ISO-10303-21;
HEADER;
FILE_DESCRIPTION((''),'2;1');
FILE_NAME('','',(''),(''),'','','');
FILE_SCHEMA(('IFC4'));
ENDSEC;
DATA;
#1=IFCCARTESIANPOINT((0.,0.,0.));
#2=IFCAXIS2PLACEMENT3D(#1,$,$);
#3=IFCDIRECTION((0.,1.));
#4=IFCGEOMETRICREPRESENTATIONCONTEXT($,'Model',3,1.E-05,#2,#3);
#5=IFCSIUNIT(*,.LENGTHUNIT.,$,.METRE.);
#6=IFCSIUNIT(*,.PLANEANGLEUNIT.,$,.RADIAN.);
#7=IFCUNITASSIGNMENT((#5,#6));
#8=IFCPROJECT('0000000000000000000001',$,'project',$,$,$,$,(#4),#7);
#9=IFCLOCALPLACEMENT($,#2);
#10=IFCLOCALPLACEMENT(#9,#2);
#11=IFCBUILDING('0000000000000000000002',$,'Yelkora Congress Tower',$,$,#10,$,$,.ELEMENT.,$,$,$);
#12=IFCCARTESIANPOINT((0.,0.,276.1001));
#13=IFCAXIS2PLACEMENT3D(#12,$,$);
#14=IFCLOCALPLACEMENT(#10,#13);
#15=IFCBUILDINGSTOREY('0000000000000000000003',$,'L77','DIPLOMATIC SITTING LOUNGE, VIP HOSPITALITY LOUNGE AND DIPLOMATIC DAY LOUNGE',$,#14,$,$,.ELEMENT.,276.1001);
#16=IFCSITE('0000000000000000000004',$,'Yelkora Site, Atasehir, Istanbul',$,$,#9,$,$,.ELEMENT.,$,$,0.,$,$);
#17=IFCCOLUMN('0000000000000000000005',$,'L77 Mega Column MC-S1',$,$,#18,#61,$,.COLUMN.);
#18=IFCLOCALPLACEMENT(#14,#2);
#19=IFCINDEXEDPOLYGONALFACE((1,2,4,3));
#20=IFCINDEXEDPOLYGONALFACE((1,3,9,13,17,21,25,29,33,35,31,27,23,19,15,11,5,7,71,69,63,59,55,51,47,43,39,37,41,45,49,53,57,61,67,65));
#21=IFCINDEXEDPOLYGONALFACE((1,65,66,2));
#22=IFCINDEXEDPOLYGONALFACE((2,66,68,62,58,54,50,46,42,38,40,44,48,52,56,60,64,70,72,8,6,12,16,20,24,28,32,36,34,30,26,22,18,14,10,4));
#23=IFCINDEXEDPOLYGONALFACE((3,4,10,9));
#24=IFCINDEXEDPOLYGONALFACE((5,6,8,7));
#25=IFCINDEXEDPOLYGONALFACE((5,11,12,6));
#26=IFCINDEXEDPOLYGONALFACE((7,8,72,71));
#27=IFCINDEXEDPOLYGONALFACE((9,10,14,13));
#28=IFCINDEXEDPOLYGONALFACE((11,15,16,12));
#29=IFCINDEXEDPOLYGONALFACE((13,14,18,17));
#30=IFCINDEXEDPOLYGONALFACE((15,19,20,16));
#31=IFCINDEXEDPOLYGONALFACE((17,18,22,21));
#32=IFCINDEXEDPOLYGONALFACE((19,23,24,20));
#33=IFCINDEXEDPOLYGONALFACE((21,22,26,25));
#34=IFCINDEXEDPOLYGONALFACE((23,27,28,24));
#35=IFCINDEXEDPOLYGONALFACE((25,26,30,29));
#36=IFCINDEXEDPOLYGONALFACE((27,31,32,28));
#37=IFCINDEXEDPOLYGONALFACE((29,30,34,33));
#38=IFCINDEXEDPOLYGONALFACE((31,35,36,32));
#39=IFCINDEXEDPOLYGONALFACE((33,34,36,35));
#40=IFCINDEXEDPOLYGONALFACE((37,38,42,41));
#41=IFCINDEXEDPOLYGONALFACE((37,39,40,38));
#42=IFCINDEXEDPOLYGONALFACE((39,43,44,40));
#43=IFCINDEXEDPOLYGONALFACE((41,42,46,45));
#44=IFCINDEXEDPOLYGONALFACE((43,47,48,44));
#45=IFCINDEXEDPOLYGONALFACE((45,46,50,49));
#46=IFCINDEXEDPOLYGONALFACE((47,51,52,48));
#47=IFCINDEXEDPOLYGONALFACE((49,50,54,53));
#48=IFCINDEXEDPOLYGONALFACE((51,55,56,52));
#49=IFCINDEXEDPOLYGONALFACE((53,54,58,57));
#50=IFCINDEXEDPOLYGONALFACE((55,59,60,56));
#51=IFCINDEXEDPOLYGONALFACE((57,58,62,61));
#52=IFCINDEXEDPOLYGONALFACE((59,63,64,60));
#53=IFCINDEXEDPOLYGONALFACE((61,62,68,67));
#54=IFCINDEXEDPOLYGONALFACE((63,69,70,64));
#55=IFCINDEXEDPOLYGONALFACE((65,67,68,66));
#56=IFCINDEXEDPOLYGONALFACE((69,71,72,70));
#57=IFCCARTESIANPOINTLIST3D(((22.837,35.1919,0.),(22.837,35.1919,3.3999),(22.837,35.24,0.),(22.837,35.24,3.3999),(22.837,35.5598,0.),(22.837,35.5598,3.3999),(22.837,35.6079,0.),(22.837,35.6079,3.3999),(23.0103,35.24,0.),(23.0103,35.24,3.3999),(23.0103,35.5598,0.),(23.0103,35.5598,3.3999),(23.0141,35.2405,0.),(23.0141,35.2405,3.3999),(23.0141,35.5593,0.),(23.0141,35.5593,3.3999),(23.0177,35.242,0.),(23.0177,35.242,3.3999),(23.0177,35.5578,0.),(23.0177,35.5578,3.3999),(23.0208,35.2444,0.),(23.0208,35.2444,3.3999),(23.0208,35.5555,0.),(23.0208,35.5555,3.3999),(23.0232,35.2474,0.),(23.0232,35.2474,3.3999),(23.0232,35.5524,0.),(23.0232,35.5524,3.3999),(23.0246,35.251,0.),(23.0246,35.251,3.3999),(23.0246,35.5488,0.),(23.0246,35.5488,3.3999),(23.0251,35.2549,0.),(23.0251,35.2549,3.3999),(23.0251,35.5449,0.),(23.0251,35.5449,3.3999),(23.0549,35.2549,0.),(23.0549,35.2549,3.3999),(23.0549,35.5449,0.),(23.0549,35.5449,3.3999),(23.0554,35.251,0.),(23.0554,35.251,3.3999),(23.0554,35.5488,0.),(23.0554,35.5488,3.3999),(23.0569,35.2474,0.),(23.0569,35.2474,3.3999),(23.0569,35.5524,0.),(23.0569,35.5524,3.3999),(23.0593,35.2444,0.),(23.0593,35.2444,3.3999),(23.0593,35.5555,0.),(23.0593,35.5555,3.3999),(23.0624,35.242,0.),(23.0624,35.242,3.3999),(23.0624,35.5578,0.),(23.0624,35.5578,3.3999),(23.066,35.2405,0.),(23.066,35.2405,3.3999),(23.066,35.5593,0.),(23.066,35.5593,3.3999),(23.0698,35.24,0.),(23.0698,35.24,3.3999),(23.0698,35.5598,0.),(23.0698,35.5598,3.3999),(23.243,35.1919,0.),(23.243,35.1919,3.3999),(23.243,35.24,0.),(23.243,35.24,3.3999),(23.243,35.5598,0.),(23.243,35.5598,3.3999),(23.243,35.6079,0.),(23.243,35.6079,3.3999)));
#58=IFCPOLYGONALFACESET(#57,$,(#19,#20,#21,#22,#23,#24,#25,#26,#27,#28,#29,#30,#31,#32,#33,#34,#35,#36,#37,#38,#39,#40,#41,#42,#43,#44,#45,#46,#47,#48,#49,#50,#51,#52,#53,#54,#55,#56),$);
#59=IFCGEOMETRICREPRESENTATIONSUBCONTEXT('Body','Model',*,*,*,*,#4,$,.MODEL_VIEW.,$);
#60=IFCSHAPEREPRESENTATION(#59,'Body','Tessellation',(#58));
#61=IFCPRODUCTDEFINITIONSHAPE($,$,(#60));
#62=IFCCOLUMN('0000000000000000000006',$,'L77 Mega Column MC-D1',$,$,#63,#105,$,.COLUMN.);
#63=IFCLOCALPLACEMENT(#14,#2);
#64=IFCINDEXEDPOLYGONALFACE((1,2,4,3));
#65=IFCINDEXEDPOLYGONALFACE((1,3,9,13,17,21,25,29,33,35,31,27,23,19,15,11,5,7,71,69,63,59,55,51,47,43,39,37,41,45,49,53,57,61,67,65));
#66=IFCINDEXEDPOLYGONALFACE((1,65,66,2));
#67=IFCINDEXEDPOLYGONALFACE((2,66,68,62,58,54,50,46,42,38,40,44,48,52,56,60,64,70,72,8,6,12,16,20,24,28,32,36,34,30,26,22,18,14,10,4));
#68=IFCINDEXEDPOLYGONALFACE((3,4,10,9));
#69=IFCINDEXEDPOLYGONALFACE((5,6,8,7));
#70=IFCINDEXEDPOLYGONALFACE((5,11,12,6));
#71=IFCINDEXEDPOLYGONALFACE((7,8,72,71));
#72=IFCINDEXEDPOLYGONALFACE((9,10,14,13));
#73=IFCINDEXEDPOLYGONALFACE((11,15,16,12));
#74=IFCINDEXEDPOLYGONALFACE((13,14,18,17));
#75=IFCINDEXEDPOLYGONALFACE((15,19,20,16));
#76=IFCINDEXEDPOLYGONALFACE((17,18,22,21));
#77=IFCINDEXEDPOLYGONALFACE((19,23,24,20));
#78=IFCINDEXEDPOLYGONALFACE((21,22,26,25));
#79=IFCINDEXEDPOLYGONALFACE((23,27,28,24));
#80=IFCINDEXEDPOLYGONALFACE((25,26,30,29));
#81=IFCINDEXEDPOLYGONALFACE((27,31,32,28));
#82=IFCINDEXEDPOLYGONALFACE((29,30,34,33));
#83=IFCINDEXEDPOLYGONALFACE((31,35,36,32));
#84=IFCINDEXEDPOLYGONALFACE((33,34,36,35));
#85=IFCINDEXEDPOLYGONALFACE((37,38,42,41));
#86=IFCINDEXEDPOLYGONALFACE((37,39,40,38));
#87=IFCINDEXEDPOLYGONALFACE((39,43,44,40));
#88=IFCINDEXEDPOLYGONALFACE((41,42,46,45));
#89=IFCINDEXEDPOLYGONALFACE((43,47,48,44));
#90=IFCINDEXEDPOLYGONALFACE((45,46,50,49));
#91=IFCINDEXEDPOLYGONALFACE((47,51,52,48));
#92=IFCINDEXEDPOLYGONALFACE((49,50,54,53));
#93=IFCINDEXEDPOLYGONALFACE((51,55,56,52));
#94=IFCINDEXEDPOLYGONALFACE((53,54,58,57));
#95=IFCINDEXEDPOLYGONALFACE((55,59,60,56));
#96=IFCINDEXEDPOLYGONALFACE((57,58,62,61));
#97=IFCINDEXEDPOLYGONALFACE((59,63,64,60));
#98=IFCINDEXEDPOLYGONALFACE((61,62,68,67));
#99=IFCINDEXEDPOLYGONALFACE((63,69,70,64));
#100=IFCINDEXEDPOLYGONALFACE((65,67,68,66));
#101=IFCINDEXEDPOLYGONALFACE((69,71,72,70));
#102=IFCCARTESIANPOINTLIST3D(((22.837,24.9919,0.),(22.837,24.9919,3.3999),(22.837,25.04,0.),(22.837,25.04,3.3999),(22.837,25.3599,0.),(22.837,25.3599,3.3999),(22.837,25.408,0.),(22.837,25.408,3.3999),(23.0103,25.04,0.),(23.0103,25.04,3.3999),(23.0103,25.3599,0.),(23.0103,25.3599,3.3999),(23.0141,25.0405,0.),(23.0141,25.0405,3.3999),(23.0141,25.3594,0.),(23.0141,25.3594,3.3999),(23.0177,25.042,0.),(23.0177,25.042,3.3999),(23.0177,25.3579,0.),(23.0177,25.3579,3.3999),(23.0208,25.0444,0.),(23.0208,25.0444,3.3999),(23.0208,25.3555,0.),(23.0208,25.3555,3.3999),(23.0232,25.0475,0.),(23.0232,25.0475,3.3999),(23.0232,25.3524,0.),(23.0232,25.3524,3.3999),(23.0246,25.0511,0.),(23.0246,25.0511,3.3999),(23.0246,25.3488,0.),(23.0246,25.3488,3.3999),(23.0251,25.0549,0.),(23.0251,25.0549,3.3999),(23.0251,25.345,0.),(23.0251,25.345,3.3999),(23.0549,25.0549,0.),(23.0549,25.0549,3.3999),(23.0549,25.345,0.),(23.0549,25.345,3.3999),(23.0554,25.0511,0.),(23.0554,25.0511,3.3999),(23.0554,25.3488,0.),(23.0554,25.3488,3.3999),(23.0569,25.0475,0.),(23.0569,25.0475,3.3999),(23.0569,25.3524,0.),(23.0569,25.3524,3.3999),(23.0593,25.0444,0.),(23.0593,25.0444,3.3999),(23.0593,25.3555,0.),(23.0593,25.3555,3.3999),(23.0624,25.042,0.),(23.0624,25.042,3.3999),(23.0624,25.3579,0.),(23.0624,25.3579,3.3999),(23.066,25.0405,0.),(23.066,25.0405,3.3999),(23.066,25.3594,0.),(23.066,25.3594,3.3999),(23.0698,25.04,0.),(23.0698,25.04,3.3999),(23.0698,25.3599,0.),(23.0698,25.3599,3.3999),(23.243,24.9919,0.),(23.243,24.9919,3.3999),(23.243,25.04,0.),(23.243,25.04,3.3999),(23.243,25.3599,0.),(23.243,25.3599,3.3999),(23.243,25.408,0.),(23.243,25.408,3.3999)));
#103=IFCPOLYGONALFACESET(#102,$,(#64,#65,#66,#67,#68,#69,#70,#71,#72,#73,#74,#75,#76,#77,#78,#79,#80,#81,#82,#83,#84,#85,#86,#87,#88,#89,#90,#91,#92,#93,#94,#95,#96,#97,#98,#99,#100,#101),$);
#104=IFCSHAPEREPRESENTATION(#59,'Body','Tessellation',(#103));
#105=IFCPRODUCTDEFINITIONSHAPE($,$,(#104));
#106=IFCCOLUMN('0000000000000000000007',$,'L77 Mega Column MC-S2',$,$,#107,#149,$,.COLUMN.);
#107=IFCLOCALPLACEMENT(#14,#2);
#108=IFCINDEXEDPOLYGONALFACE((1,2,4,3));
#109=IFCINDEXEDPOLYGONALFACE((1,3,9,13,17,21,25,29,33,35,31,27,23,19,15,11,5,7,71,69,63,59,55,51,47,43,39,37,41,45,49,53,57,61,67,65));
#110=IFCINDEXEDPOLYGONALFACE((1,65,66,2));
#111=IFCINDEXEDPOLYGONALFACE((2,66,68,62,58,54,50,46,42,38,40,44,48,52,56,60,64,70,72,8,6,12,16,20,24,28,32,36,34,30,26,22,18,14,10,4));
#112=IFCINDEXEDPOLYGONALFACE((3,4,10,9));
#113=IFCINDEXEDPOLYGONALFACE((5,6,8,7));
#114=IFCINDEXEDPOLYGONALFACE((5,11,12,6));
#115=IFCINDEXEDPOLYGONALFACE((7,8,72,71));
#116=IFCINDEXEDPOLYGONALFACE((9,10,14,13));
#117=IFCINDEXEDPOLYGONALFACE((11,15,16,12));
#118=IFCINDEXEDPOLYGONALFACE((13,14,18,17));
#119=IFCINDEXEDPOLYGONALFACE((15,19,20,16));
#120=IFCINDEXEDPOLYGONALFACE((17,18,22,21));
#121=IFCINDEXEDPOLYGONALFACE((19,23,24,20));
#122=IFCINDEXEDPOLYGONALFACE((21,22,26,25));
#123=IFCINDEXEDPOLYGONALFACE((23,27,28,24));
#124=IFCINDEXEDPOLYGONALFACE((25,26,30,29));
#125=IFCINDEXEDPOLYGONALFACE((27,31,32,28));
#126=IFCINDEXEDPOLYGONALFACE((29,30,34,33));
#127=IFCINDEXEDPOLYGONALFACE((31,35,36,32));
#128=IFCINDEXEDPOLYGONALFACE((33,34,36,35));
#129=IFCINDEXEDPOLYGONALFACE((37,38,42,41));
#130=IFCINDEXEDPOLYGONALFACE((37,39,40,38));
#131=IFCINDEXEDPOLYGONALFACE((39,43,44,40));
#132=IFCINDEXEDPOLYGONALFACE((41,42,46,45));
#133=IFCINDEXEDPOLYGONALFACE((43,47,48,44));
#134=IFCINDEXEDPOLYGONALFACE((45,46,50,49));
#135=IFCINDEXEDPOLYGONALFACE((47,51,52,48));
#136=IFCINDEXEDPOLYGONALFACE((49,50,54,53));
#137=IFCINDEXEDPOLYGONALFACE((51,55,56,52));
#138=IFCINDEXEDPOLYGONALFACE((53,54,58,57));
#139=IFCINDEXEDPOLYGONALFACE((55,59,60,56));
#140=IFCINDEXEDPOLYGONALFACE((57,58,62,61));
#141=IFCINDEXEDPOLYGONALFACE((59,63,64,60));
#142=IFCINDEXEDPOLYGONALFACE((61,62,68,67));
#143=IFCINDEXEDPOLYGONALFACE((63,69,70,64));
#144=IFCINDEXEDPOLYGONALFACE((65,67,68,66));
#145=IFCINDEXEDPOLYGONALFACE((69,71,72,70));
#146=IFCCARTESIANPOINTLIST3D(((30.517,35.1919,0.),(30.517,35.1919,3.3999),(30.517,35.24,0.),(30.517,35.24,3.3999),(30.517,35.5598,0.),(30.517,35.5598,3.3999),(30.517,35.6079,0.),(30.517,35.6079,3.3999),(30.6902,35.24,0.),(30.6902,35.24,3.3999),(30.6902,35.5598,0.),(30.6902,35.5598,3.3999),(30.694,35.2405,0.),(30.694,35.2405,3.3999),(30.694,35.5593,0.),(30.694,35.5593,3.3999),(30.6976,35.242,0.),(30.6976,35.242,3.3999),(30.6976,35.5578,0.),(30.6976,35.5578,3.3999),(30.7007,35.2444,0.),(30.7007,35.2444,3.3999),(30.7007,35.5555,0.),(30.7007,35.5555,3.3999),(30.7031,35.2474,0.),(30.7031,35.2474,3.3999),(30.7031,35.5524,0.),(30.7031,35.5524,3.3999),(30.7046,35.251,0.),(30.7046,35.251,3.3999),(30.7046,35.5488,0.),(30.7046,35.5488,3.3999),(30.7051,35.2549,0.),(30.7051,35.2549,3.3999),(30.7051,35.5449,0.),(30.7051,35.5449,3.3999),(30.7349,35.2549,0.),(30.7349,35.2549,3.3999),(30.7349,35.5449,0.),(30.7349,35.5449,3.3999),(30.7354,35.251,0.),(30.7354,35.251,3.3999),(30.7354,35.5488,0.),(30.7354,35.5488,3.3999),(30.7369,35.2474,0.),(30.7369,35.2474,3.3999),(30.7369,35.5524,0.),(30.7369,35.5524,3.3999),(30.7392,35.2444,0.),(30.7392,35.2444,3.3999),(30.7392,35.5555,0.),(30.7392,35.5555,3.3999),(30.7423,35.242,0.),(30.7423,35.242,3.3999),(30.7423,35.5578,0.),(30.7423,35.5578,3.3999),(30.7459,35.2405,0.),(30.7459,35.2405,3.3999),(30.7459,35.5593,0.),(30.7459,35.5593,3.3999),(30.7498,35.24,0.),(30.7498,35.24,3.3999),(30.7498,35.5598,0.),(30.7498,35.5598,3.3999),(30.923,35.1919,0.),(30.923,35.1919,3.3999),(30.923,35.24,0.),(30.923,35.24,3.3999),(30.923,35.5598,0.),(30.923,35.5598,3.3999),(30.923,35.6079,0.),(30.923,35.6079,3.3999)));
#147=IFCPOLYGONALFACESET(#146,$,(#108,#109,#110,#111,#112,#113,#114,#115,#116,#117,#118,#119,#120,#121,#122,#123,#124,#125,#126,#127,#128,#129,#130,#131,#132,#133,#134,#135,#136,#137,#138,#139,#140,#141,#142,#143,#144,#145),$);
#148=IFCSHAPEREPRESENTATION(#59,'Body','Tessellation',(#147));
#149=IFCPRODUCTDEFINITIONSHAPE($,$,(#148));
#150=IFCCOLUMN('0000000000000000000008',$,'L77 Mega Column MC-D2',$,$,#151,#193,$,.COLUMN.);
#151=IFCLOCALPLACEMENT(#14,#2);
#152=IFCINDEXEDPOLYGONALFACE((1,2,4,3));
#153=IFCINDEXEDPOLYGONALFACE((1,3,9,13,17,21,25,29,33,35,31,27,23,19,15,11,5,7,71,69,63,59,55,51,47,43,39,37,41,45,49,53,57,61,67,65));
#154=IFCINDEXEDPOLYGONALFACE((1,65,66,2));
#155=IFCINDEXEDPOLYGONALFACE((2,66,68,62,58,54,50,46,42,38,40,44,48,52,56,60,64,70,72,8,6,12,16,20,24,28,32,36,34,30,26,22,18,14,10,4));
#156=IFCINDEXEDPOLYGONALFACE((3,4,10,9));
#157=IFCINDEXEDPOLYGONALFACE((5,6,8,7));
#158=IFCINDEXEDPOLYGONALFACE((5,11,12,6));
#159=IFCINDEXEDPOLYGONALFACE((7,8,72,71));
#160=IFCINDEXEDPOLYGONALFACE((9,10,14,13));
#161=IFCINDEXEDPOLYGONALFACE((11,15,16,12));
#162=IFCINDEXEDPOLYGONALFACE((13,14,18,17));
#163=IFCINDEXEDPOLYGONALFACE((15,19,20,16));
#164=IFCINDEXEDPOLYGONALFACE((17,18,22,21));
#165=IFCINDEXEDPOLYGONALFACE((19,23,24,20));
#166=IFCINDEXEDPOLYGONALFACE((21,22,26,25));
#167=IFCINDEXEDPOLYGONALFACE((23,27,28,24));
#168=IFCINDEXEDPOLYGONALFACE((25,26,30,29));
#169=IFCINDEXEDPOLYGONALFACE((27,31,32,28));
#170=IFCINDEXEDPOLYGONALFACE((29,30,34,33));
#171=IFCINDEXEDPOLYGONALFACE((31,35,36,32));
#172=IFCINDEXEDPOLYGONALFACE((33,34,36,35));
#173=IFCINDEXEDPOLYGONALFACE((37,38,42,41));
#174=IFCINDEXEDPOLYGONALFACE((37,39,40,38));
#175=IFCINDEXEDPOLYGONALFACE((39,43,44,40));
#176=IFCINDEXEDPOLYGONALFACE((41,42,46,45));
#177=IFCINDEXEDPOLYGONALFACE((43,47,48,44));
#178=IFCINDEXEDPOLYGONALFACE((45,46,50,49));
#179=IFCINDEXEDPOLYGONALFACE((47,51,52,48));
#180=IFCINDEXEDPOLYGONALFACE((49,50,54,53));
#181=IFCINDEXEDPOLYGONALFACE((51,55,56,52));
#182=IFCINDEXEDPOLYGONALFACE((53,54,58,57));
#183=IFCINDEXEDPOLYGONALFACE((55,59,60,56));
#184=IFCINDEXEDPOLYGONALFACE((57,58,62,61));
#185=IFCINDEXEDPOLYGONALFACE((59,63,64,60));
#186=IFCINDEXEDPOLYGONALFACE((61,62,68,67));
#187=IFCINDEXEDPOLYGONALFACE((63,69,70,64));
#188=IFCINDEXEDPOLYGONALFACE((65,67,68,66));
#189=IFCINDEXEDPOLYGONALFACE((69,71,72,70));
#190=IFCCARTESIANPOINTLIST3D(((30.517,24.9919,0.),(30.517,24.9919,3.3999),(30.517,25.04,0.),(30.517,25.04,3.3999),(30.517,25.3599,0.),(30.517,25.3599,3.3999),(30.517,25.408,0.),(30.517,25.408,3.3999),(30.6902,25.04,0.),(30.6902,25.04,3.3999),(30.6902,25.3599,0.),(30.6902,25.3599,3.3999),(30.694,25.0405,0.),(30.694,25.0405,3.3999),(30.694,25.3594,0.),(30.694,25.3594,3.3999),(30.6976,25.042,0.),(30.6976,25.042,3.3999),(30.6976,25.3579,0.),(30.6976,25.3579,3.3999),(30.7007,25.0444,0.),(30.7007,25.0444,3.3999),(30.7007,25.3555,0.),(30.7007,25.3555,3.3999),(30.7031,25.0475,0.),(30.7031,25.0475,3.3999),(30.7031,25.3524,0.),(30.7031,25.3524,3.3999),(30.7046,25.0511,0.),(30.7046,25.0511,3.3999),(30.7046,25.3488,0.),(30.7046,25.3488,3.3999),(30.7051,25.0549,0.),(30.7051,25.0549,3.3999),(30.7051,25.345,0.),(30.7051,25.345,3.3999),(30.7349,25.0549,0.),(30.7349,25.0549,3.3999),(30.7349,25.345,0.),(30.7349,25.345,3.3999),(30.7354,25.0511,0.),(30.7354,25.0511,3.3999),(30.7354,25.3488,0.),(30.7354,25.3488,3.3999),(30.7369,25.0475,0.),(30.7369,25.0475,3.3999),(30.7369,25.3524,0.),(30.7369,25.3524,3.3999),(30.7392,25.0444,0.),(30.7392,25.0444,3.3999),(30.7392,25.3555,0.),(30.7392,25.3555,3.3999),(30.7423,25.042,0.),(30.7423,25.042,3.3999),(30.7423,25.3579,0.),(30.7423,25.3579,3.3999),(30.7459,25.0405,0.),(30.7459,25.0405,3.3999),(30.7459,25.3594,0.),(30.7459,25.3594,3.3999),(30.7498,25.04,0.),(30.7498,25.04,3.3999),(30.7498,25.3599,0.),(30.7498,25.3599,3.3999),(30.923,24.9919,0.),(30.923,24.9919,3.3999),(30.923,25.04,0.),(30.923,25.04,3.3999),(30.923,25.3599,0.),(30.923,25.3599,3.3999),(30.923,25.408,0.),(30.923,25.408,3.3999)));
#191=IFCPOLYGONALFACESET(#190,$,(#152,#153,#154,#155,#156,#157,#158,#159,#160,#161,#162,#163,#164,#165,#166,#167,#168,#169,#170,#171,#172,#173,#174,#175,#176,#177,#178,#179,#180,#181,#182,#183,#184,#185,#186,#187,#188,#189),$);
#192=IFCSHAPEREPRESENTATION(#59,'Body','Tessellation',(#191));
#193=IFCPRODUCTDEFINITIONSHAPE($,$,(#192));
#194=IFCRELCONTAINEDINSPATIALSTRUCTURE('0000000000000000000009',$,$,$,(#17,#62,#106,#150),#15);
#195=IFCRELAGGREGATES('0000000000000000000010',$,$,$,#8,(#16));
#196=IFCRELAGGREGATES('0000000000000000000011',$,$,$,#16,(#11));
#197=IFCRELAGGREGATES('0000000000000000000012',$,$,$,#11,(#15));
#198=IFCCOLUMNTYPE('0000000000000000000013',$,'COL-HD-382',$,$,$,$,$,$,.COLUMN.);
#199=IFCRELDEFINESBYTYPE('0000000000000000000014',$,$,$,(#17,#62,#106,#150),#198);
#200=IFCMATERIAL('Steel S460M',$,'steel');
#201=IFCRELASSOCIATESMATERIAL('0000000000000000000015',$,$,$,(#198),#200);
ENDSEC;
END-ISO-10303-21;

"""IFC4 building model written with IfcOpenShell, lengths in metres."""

from ifc_helpers import new_model, si_unit, direction, frame, origin, origin_2d, place, context, subcontext, project, spatial, i_section, extrude, material, material_profile, profile_set, type_object, element, save


model = new_model("IFC4")

# Units and contexts
model_context = context("Model", 3, precision=1e-05, world=origin(), true_north=direction((0.0, 1.0)))
body_context = subcontext(model_context, "Body", "Model", "MODEL_VIEW")
ifc_project = project(units=[si_unit("LENGTHUNIT", "METRE"), si_unit("PLANEANGLEUNIT", "RADIAN")], contexts=[model_context])

# Site, building, storey
site_placement = place(None, origin())
site = spatial("IfcSite", under=ifc_project, at=site_placement, Name="Yelkora Site, Atasehir, Istanbul", CompositionType="ELEMENT", RefElevation=0.0)
building_placement = place(site_placement, origin())
building = spatial("IfcBuilding", under=site, at=building_placement, Name="Yelkora Congress Tower", CompositionType="ELEMENT")
storey_placement = place(building_placement, frame((0.0, 0.0, 276.1001)))
storey = spatial("IfcBuildingStorey", under=building, at=storey_placement, Name="L77", Description="DIPLOMATIC SITTING LOUNGE, VIP HOSPITALITY LOUNGE AND DIPLOMATIC DAY LOUNGE", CompositionType="ELEMENT", Elevation=276.1001)

# Columns
ifc_material_1 = material(Name="Steel S460M", Category="steel")
ifc_material_profile_1 = material_profile(ifc_material_1, i_section(OverallWidth=0.406, OverallDepth=0.416, WebThickness=0.0298, FlangeThickness=0.0481, FilletRadius=0.0149, at=origin_2d()), Name="HD 400x382")
ifc_profile_set_1 = profile_set([ifc_material_profile_1], Name="Steel S460M")
column_type = type_object("IfcColumnType", Name="COL-HD-382", PredefinedType="COLUMN", material=ifc_profile_set_1)
for number, where, z_axis, x_axis, name in (
    (1, (23.04, 35.3999, 0.0), (0.0, 0.0, 1.0), (1.0, 0.0, 0.0), "L77 Mega Column MC-S1"),
    (2, (23.04, 25.2, 0.0), (0.0, 0.0, 1.0), (1.0, 0.0, 0.0), "L77 Mega Column MC-D1"),
    (3, (30.72, 35.3999, 0.0), (0.0, 0.0, 1.0), (1.0, 0.0, 0.0), "L77 Mega Column MC-S2"),
    (4, (30.72, 25.2, 0.0), (0.0, 0.0, 1.0), (1.0, 0.0, 0.0), "L77 Mega Column MC-D2"),
):
    element("IfcColumn", number, at=place(storey_placement, frame(where, z_axis=z_axis, x_axis=x_axis)), inside=storey, type_object=column_type, Name=name, PredefinedType="COLUMN", context=body_context, shape_type="SweptSolid", body=[
        extrude(i_section(OverallWidth=0.406, OverallDepth=0.416, WebThickness=0.0298, FlangeThickness=0.0481, FilletRadius=0.0149, at=origin_2d()), origin(), (0.0, 0.0, 1.0), 3.3999),
    ])

save(model, "model.ifc")
